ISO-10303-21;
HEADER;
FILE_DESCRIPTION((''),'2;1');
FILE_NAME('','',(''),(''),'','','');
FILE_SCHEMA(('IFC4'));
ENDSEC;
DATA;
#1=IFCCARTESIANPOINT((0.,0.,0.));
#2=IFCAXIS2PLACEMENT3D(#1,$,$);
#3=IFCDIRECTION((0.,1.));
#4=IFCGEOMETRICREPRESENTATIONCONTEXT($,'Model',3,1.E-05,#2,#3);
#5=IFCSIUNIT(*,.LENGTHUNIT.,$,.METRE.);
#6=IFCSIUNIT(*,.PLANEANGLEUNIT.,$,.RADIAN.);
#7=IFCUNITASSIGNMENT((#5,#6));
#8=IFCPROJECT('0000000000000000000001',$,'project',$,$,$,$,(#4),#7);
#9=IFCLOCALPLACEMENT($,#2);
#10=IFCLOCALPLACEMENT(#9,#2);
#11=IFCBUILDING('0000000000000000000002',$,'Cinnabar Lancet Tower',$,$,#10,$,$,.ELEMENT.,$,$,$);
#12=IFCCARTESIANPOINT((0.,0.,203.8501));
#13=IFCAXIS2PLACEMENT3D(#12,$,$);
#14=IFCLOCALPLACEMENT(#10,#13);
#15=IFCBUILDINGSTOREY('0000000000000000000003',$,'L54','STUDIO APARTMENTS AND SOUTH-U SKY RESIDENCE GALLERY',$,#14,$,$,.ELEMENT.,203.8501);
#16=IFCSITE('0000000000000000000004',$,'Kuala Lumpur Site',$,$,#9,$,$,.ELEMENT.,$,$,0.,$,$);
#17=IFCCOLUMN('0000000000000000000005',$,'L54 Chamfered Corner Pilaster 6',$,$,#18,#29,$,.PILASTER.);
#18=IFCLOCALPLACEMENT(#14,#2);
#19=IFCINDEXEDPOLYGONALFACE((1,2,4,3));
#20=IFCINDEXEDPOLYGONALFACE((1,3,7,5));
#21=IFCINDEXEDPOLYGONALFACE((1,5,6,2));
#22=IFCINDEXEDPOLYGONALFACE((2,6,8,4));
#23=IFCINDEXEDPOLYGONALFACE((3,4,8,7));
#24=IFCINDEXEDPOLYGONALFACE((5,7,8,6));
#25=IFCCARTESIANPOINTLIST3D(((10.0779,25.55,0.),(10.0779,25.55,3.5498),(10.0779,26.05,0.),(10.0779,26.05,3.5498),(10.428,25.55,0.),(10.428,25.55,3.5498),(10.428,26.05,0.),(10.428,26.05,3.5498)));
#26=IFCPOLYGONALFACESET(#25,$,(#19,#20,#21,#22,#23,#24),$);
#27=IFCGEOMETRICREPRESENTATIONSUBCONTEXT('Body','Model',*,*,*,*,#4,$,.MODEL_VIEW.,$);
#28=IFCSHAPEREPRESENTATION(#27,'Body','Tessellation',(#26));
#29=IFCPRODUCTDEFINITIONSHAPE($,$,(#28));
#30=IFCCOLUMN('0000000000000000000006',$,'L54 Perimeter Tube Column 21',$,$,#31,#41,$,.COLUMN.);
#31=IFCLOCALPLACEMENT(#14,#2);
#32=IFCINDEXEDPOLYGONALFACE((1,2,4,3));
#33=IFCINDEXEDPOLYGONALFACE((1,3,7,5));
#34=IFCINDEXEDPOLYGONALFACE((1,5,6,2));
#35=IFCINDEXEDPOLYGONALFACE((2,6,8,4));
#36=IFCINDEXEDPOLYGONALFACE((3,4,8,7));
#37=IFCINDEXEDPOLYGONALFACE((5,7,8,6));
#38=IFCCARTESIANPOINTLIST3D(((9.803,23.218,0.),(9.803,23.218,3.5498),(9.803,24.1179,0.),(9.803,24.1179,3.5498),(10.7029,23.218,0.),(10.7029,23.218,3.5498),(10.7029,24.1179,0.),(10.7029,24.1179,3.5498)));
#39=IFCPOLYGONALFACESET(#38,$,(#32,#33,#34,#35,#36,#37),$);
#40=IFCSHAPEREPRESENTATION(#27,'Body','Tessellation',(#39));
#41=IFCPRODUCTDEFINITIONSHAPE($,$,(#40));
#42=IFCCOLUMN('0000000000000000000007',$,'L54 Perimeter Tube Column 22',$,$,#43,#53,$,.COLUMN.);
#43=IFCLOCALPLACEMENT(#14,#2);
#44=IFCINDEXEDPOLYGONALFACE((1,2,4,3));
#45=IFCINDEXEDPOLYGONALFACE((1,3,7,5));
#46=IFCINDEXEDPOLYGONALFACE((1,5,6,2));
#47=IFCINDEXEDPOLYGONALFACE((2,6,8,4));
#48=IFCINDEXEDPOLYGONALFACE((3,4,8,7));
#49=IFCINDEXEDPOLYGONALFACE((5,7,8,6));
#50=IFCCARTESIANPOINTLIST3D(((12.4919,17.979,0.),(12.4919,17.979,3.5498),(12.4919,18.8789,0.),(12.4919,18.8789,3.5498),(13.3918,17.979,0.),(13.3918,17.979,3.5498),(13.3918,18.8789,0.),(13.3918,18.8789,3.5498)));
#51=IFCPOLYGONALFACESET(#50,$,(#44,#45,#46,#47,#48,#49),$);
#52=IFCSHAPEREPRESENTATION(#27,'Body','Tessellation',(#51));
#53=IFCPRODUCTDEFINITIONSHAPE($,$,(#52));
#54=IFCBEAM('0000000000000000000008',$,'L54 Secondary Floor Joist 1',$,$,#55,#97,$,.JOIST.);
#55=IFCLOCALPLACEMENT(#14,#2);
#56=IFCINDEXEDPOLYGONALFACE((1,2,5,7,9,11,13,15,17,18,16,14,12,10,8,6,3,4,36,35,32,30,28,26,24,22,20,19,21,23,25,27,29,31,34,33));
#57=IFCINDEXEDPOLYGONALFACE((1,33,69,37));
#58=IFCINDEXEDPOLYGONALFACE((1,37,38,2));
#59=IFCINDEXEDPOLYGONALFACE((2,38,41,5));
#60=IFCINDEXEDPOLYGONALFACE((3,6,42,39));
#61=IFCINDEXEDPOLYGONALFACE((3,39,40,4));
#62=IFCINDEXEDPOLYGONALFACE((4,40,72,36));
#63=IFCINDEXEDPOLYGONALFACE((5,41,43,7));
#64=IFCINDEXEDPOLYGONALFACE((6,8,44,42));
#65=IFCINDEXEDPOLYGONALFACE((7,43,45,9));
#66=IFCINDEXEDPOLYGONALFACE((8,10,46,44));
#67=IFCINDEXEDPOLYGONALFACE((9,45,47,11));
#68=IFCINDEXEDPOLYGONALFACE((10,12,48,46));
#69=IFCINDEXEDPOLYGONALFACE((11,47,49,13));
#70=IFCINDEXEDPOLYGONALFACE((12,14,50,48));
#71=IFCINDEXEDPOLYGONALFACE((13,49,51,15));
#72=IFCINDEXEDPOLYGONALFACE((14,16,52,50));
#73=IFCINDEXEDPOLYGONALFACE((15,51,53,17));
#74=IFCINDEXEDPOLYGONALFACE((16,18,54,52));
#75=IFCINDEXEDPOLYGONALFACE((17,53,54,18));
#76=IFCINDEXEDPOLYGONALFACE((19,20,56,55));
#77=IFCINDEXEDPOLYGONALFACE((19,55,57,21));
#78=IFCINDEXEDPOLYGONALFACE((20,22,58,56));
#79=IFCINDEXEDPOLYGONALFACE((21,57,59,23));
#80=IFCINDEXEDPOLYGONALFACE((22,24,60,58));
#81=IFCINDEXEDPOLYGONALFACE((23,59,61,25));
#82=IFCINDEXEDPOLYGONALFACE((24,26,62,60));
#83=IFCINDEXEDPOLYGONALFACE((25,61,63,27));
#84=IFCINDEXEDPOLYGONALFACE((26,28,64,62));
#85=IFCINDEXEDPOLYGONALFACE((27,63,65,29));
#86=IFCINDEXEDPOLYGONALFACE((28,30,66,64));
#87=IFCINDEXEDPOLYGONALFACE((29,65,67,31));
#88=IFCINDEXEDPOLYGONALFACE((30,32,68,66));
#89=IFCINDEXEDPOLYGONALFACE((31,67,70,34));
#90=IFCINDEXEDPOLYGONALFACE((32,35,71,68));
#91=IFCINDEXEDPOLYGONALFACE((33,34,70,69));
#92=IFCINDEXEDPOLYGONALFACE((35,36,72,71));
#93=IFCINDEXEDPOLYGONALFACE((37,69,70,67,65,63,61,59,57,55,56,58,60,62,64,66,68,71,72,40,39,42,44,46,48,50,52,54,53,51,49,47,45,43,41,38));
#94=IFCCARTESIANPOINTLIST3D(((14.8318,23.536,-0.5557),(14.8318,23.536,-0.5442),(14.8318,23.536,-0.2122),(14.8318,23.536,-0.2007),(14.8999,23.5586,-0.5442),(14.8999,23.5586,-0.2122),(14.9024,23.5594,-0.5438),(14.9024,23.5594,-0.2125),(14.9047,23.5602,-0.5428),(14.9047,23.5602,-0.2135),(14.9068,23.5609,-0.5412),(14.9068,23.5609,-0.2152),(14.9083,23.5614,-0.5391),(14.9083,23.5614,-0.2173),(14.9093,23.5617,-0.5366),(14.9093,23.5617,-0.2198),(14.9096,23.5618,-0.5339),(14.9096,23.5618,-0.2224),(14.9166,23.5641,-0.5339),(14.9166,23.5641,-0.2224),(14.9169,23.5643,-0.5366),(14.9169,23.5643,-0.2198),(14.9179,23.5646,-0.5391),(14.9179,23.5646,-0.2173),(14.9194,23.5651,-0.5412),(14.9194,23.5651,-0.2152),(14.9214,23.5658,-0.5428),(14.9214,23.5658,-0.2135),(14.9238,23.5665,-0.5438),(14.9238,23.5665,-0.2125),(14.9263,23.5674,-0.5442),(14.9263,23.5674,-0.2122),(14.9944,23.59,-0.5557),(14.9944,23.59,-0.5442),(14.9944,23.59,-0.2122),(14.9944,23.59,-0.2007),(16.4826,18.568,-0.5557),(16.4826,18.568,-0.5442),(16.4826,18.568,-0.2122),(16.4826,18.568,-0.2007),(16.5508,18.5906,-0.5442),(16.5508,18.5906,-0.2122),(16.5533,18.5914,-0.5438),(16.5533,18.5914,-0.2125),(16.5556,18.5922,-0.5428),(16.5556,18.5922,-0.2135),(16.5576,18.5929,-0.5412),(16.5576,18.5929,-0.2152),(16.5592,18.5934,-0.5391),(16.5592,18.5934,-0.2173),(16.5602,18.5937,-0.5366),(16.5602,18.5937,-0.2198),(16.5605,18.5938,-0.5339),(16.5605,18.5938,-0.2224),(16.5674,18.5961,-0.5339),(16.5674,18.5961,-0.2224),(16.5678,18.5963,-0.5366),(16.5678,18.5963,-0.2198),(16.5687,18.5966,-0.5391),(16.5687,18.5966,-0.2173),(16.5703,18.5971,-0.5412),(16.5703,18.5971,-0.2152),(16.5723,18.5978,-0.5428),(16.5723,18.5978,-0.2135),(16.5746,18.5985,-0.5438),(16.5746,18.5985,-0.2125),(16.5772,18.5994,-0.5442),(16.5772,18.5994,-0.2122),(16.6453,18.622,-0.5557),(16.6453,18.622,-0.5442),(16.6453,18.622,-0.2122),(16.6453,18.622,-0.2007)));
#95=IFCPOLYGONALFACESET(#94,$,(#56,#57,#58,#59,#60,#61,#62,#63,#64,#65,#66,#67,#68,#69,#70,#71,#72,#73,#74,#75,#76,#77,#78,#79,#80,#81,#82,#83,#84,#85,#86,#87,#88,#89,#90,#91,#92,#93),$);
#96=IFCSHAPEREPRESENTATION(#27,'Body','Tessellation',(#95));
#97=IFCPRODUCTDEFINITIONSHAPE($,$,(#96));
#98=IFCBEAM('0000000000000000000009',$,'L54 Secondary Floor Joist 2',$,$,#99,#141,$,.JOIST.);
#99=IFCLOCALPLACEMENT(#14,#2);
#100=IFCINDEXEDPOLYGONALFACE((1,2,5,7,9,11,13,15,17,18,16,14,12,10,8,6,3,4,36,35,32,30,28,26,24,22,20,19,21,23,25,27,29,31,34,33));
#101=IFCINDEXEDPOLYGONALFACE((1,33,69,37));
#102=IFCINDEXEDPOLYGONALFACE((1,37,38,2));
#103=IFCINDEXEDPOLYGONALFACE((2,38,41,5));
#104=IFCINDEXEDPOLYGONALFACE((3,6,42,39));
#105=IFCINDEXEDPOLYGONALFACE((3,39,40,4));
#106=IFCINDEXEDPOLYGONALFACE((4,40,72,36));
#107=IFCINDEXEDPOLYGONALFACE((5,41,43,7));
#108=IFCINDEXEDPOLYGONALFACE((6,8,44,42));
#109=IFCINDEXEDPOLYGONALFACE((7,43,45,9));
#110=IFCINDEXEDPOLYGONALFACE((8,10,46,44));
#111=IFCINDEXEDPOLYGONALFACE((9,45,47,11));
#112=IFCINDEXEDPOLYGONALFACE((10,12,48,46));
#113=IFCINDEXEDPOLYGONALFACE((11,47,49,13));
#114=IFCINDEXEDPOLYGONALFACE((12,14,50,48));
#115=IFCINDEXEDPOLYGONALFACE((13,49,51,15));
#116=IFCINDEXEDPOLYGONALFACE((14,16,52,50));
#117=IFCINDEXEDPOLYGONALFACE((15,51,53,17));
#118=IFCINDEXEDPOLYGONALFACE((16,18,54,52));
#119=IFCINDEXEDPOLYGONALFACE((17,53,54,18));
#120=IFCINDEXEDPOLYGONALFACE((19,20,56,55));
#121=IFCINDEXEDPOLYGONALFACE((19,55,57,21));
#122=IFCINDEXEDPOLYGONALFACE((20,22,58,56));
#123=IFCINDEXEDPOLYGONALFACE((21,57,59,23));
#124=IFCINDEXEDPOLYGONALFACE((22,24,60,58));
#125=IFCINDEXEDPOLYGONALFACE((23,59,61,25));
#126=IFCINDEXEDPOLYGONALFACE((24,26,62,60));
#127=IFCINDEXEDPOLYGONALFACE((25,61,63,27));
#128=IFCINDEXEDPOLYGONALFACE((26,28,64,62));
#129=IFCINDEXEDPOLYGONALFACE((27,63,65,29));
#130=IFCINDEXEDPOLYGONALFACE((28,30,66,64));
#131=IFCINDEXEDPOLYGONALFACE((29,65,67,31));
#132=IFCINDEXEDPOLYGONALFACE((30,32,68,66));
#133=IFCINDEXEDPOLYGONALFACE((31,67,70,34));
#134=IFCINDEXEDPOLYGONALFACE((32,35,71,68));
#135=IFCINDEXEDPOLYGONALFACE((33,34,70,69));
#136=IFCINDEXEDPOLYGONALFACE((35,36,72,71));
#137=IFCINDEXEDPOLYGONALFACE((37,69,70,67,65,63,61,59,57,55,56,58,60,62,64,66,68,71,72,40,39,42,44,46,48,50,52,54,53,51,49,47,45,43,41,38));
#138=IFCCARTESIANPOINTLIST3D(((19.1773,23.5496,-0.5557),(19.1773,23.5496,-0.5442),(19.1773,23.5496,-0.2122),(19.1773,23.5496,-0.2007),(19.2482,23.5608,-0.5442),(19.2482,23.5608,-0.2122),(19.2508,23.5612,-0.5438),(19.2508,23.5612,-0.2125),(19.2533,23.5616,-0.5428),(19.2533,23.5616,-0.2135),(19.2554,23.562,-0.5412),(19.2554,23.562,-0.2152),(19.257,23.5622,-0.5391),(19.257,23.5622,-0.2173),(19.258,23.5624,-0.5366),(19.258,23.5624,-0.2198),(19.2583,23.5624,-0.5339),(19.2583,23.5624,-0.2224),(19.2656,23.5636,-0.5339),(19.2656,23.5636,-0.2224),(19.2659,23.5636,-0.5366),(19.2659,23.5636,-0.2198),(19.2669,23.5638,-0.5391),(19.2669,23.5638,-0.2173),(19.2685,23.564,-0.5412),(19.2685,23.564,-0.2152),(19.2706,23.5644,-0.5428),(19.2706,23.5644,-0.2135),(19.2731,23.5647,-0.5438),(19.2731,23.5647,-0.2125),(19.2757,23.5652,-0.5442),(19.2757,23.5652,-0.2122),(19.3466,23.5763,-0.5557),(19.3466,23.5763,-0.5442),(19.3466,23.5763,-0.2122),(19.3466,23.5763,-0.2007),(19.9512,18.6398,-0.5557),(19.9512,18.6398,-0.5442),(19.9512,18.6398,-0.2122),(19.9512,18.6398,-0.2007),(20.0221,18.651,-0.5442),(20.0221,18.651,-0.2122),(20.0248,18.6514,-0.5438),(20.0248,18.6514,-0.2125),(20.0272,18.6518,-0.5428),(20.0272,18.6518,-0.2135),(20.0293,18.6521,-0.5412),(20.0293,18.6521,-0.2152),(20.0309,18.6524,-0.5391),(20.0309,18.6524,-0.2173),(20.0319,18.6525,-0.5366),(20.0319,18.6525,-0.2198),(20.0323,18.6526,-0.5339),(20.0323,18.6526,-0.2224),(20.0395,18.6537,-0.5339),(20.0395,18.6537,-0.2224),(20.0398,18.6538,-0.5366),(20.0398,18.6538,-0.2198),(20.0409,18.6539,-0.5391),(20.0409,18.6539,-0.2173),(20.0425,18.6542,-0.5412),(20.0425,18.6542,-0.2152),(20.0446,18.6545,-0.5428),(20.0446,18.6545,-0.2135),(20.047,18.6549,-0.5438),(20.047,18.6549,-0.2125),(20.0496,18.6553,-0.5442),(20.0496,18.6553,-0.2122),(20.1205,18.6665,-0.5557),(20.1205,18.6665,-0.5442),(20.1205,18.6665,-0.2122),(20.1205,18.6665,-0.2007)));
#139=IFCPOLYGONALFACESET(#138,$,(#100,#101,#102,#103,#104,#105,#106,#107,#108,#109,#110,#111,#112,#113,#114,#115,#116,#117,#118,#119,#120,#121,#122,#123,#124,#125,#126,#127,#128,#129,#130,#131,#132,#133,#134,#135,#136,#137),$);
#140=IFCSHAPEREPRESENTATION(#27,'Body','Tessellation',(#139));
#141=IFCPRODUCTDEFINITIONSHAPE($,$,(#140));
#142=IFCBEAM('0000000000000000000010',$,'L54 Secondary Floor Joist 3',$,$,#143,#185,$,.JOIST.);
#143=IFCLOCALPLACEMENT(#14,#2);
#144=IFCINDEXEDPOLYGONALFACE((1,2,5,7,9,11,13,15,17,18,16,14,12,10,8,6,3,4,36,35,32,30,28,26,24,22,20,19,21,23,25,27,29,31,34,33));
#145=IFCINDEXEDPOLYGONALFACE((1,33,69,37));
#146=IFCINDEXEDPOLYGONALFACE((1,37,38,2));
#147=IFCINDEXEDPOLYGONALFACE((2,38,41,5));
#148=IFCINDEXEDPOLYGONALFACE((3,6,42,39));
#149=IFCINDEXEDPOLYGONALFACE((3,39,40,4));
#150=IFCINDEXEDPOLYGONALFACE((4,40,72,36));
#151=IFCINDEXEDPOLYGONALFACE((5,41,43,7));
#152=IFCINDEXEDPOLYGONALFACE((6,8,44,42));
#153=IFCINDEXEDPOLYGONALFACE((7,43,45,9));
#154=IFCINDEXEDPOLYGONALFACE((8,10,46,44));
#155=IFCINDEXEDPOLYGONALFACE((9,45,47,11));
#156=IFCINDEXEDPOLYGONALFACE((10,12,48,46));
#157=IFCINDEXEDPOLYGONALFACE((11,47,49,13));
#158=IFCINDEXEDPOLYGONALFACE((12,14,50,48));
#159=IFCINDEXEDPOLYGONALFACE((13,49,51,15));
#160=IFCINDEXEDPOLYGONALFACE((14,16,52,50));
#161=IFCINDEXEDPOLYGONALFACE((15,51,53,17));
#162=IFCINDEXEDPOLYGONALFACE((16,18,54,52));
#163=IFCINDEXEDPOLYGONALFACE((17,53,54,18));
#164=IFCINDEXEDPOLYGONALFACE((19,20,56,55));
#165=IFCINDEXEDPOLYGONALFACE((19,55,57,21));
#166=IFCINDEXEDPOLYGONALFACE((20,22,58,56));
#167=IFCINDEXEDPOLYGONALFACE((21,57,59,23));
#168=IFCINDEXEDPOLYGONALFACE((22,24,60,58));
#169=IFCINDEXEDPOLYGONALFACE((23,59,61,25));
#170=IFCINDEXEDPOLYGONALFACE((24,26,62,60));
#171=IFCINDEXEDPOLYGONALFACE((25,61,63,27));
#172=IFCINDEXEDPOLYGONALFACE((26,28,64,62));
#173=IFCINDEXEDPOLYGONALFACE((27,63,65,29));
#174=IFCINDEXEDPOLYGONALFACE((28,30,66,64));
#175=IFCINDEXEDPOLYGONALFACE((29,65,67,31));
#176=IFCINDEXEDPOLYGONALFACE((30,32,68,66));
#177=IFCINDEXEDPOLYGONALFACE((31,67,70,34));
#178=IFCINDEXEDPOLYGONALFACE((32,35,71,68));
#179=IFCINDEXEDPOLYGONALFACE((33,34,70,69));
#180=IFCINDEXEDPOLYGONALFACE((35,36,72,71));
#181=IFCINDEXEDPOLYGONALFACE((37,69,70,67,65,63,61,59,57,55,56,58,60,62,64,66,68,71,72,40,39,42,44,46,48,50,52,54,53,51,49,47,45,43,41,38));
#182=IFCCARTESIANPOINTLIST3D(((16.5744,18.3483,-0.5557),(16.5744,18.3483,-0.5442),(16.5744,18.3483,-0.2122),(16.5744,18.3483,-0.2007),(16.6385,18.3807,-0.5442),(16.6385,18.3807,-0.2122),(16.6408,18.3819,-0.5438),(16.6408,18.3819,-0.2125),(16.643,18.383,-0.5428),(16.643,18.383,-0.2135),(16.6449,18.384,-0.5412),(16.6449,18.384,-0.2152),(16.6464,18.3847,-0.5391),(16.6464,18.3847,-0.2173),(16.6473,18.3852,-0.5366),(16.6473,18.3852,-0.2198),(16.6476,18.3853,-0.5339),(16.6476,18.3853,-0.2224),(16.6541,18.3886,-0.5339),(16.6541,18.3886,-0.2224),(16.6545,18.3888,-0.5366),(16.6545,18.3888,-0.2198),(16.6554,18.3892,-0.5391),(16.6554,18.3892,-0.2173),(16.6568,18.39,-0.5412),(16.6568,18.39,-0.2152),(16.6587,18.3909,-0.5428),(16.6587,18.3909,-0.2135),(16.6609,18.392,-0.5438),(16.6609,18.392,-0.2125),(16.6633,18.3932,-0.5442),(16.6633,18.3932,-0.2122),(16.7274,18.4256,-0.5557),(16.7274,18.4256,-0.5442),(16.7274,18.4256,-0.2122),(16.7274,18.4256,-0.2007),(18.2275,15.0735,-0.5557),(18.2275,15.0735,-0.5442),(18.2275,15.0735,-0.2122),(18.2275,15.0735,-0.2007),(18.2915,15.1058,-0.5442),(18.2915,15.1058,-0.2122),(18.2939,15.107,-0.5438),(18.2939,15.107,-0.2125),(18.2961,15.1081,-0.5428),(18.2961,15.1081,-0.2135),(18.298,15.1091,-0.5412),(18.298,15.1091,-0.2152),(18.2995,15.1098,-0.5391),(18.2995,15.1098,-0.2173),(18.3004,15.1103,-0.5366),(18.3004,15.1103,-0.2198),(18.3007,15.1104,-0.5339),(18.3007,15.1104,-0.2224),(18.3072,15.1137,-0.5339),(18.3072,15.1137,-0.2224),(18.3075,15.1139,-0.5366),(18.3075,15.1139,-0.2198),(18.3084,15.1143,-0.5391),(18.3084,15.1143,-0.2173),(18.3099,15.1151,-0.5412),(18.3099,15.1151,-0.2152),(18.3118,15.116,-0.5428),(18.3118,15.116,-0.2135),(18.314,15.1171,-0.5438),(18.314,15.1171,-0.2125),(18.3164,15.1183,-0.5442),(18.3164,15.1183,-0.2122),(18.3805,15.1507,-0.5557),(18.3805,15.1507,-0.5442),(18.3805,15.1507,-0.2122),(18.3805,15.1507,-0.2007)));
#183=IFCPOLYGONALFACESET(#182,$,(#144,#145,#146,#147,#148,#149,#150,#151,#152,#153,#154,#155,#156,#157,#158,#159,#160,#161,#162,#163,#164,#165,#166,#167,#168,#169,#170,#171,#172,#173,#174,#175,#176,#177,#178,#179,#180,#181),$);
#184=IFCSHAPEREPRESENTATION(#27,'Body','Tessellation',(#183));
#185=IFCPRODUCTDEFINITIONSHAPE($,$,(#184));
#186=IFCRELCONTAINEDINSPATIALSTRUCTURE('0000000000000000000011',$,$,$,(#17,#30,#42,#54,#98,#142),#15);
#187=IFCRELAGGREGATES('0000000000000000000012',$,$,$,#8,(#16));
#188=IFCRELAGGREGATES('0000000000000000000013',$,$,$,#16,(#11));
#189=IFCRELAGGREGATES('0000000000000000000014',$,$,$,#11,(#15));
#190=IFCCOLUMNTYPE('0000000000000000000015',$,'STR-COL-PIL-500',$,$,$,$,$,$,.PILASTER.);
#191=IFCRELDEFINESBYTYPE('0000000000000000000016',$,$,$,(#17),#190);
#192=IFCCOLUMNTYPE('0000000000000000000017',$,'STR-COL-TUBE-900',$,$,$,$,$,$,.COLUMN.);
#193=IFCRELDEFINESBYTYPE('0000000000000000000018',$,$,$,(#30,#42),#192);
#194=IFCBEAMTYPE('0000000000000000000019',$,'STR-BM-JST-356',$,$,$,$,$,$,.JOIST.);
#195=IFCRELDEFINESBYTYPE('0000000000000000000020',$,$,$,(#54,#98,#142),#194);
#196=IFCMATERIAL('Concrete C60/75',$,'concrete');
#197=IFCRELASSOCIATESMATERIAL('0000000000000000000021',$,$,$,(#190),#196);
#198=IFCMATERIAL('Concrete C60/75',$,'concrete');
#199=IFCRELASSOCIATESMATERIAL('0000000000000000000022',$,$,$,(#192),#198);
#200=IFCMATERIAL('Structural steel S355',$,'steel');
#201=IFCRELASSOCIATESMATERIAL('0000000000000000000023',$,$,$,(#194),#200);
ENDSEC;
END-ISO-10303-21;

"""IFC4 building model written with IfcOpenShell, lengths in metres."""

from ifc_helpers import new_model, si_unit, direction, frame, origin, origin_2d, place, context, subcontext, project, spatial, rectangle, i_section, extrude, material, material_profile, profile_set, type_object, element, save


model = new_model("IFC4")

# Units and contexts
model_context = context("Model", 3, precision=1e-05, world=origin(), true_north=direction((0.0, 1.0)))
body_context = subcontext(model_context, "Body", "Model", "MODEL_VIEW")
ifc_project = project(units=[si_unit("LENGTHUNIT", "METRE"), si_unit("PLANEANGLEUNIT", "RADIAN")], contexts=[model_context])

# Site, building, storey
site_placement = place(None, origin())
site = spatial("IfcSite", under=ifc_project, at=site_placement, Name="Kuala Lumpur Site", CompositionType="ELEMENT", RefElevation=0.0)
building_placement = place(site_placement, origin())
building = spatial("IfcBuilding", under=site, at=building_placement, Name="Cinnabar Lancet Tower", CompositionType="ELEMENT")
storey_placement = place(building_placement, frame((0.0, 0.0, 203.8501)))
storey = spatial("IfcBuildingStorey", under=building, at=storey_placement, Name="L54", Description="STUDIO APARTMENTS AND SOUTH-U SKY RESIDENCE GALLERY", CompositionType="ELEMENT", Elevation=203.8501)

# Columns
ifc_material_1 = material(Name="Concrete C60/75", Category="concrete")
ifc_material_profile_1 = material_profile(ifc_material_1, rectangle(XDim=0.5, YDim=0.3501, at=origin_2d()), Name="RC-PIL 500x350")
ifc_profile_set_1 = profile_set([ifc_material_profile_1], Name="Concrete C60/75")
column_type_1 = type_object("IfcColumnType", Name="STR-COL-PIL-500", PredefinedType="PILASTER", material=ifc_profile_set_1)
column_placement = place(storey_placement, frame((10.2529, 25.8, 0.0), z_axis=(0.0, 0.0, 1.0), x_axis=(0.0, -1.0, 0.0)))
element("IfcColumn", 1, at=column_placement, inside=storey, type_object=column_type_1, Name="L54 Chamfered Corner Pilaster 6", PredefinedType="PILASTER", context=body_context, shape_type="SweptSolid", body=[
    extrude(rectangle(XDim=0.5, YDim=0.3501, at=origin_2d()), origin(), (0.0, 0.0, 1.0), 3.5498),
])
ifc_material_2 = material(Name="Concrete C60/75", Category="concrete")
ifc_material_profile_2 = material_profile(ifc_material_2, rectangle(XDim=0.8999, YDim=0.8999, at=origin_2d()), Name="RC-COL 900x900")
ifc_profile_set_2 = profile_set([ifc_material_profile_2], Name="Concrete C60/75")
column_type_2 = type_object("IfcColumnType", Name="STR-COL-TUBE-900", PredefinedType="COLUMN", material=ifc_profile_set_2)
for number, where, z_axis, x_axis, name in (
    (2, (10.2529, 23.668, 0.0), (0.0, 0.0, 1.0), (1.0, 0.0, 0.0), "L54 Perimeter Tube Column 21"),
    (3, (12.9419, 18.429, 0.0), (0.0, 0.0, 1.0), (1.0, 0.0, 0.0), "L54 Perimeter Tube Column 22"),
):
    element("IfcColumn", number, at=place(storey_placement, frame(where, z_axis=z_axis, x_axis=x_axis)), inside=storey, type_object=column_type_2, Name=name, PredefinedType="COLUMN", context=body_context, shape_type="SweptSolid", body=[
        extrude(rectangle(XDim=0.8999, YDim=0.8999, at=origin_2d()), origin(), (0.0, 0.0, 1.0), 3.5498),
    ])

# Beams
ifc_material_3 = material(Name="Structural steel S355", Category="steel")
ifc_material_profile_3 = material_profile(ifc_material_3, i_section(OverallWidth=0.1714, OverallDepth=0.355, WebThickness=0.0073, FlangeThickness=0.0115, FilletRadius=0.0103, at=origin_2d()), Name="UKB 356x171x51")
ifc_profile_set_3 = profile_set([ifc_material_profile_3], Name="Structural steel S355")
beam_type_1 = type_object("IfcBeamType", Name="STR-BM-JST-356", PredefinedType="JOIST", material=ifc_profile_set_3)
beam_1_placement = place(storey_placement, frame((14.9131, 23.563, -0.3782), z_axis=(0.315346, -0.948977, 0.0), x_axis=(0.948977, 0.315346, 0.0)))
element("IfcBeam", 4, at=beam_1_placement, inside=storey, type_object=beam_type_1, Name="L54 Secondary Floor Joist 1", PredefinedType="JOIST", context=body_context, shape_type="SweptSolid", body=[
    extrude(i_section(OverallWidth=0.1714, OverallDepth=0.355, WebThickness=0.0073, FlangeThickness=0.0115, FilletRadius=0.0103, at=origin_2d()), origin(), (0.0, 0.0, 1.0), 5.2351),
])
beam_2_placement = place(storey_placement, frame((19.262, 23.563, -0.3782), z_axis=(0.155703, -0.987804, 0.0), x_axis=(0.987804, 0.155703, 0.0)))
element("IfcBeam", 5, at=beam_2_placement, inside=storey, type_object=beam_type_1, Name="L54 Secondary Floor Joist 2", PredefinedType="JOIST", context=body_context, shape_type="SweptSolid", body=[
    extrude(i_section(OverallWidth=0.1714, OverallDepth=0.355, WebThickness=0.0073, FlangeThickness=0.0115, FilletRadius=0.0103, at=origin_2d()), origin(), (0.0, 0.0, 1.0), 4.9705),
])
beam_3_placement = place(storey_placement, frame((16.6509, 18.387, -0.3782), z_axis=(0.450618, -0.892717, 0.0), x_axis=(0.892717, 0.450618, 0.0)))
element("IfcBeam", 6, at=beam_3_placement, inside=storey, type_object=beam_type_1, Name="L54 Secondary Floor Joist 3", PredefinedType="JOIST", context=body_context, shape_type="SweptSolid", body=[
    extrude(i_section(OverallWidth=0.1714, OverallDepth=0.355, WebThickness=0.0073, FlangeThickness=0.0115, FilletRadius=0.0103, at=origin_2d()), origin(), (0.0, 0.0, 1.0), 3.6685),
])

save(model, "model.ifc")
